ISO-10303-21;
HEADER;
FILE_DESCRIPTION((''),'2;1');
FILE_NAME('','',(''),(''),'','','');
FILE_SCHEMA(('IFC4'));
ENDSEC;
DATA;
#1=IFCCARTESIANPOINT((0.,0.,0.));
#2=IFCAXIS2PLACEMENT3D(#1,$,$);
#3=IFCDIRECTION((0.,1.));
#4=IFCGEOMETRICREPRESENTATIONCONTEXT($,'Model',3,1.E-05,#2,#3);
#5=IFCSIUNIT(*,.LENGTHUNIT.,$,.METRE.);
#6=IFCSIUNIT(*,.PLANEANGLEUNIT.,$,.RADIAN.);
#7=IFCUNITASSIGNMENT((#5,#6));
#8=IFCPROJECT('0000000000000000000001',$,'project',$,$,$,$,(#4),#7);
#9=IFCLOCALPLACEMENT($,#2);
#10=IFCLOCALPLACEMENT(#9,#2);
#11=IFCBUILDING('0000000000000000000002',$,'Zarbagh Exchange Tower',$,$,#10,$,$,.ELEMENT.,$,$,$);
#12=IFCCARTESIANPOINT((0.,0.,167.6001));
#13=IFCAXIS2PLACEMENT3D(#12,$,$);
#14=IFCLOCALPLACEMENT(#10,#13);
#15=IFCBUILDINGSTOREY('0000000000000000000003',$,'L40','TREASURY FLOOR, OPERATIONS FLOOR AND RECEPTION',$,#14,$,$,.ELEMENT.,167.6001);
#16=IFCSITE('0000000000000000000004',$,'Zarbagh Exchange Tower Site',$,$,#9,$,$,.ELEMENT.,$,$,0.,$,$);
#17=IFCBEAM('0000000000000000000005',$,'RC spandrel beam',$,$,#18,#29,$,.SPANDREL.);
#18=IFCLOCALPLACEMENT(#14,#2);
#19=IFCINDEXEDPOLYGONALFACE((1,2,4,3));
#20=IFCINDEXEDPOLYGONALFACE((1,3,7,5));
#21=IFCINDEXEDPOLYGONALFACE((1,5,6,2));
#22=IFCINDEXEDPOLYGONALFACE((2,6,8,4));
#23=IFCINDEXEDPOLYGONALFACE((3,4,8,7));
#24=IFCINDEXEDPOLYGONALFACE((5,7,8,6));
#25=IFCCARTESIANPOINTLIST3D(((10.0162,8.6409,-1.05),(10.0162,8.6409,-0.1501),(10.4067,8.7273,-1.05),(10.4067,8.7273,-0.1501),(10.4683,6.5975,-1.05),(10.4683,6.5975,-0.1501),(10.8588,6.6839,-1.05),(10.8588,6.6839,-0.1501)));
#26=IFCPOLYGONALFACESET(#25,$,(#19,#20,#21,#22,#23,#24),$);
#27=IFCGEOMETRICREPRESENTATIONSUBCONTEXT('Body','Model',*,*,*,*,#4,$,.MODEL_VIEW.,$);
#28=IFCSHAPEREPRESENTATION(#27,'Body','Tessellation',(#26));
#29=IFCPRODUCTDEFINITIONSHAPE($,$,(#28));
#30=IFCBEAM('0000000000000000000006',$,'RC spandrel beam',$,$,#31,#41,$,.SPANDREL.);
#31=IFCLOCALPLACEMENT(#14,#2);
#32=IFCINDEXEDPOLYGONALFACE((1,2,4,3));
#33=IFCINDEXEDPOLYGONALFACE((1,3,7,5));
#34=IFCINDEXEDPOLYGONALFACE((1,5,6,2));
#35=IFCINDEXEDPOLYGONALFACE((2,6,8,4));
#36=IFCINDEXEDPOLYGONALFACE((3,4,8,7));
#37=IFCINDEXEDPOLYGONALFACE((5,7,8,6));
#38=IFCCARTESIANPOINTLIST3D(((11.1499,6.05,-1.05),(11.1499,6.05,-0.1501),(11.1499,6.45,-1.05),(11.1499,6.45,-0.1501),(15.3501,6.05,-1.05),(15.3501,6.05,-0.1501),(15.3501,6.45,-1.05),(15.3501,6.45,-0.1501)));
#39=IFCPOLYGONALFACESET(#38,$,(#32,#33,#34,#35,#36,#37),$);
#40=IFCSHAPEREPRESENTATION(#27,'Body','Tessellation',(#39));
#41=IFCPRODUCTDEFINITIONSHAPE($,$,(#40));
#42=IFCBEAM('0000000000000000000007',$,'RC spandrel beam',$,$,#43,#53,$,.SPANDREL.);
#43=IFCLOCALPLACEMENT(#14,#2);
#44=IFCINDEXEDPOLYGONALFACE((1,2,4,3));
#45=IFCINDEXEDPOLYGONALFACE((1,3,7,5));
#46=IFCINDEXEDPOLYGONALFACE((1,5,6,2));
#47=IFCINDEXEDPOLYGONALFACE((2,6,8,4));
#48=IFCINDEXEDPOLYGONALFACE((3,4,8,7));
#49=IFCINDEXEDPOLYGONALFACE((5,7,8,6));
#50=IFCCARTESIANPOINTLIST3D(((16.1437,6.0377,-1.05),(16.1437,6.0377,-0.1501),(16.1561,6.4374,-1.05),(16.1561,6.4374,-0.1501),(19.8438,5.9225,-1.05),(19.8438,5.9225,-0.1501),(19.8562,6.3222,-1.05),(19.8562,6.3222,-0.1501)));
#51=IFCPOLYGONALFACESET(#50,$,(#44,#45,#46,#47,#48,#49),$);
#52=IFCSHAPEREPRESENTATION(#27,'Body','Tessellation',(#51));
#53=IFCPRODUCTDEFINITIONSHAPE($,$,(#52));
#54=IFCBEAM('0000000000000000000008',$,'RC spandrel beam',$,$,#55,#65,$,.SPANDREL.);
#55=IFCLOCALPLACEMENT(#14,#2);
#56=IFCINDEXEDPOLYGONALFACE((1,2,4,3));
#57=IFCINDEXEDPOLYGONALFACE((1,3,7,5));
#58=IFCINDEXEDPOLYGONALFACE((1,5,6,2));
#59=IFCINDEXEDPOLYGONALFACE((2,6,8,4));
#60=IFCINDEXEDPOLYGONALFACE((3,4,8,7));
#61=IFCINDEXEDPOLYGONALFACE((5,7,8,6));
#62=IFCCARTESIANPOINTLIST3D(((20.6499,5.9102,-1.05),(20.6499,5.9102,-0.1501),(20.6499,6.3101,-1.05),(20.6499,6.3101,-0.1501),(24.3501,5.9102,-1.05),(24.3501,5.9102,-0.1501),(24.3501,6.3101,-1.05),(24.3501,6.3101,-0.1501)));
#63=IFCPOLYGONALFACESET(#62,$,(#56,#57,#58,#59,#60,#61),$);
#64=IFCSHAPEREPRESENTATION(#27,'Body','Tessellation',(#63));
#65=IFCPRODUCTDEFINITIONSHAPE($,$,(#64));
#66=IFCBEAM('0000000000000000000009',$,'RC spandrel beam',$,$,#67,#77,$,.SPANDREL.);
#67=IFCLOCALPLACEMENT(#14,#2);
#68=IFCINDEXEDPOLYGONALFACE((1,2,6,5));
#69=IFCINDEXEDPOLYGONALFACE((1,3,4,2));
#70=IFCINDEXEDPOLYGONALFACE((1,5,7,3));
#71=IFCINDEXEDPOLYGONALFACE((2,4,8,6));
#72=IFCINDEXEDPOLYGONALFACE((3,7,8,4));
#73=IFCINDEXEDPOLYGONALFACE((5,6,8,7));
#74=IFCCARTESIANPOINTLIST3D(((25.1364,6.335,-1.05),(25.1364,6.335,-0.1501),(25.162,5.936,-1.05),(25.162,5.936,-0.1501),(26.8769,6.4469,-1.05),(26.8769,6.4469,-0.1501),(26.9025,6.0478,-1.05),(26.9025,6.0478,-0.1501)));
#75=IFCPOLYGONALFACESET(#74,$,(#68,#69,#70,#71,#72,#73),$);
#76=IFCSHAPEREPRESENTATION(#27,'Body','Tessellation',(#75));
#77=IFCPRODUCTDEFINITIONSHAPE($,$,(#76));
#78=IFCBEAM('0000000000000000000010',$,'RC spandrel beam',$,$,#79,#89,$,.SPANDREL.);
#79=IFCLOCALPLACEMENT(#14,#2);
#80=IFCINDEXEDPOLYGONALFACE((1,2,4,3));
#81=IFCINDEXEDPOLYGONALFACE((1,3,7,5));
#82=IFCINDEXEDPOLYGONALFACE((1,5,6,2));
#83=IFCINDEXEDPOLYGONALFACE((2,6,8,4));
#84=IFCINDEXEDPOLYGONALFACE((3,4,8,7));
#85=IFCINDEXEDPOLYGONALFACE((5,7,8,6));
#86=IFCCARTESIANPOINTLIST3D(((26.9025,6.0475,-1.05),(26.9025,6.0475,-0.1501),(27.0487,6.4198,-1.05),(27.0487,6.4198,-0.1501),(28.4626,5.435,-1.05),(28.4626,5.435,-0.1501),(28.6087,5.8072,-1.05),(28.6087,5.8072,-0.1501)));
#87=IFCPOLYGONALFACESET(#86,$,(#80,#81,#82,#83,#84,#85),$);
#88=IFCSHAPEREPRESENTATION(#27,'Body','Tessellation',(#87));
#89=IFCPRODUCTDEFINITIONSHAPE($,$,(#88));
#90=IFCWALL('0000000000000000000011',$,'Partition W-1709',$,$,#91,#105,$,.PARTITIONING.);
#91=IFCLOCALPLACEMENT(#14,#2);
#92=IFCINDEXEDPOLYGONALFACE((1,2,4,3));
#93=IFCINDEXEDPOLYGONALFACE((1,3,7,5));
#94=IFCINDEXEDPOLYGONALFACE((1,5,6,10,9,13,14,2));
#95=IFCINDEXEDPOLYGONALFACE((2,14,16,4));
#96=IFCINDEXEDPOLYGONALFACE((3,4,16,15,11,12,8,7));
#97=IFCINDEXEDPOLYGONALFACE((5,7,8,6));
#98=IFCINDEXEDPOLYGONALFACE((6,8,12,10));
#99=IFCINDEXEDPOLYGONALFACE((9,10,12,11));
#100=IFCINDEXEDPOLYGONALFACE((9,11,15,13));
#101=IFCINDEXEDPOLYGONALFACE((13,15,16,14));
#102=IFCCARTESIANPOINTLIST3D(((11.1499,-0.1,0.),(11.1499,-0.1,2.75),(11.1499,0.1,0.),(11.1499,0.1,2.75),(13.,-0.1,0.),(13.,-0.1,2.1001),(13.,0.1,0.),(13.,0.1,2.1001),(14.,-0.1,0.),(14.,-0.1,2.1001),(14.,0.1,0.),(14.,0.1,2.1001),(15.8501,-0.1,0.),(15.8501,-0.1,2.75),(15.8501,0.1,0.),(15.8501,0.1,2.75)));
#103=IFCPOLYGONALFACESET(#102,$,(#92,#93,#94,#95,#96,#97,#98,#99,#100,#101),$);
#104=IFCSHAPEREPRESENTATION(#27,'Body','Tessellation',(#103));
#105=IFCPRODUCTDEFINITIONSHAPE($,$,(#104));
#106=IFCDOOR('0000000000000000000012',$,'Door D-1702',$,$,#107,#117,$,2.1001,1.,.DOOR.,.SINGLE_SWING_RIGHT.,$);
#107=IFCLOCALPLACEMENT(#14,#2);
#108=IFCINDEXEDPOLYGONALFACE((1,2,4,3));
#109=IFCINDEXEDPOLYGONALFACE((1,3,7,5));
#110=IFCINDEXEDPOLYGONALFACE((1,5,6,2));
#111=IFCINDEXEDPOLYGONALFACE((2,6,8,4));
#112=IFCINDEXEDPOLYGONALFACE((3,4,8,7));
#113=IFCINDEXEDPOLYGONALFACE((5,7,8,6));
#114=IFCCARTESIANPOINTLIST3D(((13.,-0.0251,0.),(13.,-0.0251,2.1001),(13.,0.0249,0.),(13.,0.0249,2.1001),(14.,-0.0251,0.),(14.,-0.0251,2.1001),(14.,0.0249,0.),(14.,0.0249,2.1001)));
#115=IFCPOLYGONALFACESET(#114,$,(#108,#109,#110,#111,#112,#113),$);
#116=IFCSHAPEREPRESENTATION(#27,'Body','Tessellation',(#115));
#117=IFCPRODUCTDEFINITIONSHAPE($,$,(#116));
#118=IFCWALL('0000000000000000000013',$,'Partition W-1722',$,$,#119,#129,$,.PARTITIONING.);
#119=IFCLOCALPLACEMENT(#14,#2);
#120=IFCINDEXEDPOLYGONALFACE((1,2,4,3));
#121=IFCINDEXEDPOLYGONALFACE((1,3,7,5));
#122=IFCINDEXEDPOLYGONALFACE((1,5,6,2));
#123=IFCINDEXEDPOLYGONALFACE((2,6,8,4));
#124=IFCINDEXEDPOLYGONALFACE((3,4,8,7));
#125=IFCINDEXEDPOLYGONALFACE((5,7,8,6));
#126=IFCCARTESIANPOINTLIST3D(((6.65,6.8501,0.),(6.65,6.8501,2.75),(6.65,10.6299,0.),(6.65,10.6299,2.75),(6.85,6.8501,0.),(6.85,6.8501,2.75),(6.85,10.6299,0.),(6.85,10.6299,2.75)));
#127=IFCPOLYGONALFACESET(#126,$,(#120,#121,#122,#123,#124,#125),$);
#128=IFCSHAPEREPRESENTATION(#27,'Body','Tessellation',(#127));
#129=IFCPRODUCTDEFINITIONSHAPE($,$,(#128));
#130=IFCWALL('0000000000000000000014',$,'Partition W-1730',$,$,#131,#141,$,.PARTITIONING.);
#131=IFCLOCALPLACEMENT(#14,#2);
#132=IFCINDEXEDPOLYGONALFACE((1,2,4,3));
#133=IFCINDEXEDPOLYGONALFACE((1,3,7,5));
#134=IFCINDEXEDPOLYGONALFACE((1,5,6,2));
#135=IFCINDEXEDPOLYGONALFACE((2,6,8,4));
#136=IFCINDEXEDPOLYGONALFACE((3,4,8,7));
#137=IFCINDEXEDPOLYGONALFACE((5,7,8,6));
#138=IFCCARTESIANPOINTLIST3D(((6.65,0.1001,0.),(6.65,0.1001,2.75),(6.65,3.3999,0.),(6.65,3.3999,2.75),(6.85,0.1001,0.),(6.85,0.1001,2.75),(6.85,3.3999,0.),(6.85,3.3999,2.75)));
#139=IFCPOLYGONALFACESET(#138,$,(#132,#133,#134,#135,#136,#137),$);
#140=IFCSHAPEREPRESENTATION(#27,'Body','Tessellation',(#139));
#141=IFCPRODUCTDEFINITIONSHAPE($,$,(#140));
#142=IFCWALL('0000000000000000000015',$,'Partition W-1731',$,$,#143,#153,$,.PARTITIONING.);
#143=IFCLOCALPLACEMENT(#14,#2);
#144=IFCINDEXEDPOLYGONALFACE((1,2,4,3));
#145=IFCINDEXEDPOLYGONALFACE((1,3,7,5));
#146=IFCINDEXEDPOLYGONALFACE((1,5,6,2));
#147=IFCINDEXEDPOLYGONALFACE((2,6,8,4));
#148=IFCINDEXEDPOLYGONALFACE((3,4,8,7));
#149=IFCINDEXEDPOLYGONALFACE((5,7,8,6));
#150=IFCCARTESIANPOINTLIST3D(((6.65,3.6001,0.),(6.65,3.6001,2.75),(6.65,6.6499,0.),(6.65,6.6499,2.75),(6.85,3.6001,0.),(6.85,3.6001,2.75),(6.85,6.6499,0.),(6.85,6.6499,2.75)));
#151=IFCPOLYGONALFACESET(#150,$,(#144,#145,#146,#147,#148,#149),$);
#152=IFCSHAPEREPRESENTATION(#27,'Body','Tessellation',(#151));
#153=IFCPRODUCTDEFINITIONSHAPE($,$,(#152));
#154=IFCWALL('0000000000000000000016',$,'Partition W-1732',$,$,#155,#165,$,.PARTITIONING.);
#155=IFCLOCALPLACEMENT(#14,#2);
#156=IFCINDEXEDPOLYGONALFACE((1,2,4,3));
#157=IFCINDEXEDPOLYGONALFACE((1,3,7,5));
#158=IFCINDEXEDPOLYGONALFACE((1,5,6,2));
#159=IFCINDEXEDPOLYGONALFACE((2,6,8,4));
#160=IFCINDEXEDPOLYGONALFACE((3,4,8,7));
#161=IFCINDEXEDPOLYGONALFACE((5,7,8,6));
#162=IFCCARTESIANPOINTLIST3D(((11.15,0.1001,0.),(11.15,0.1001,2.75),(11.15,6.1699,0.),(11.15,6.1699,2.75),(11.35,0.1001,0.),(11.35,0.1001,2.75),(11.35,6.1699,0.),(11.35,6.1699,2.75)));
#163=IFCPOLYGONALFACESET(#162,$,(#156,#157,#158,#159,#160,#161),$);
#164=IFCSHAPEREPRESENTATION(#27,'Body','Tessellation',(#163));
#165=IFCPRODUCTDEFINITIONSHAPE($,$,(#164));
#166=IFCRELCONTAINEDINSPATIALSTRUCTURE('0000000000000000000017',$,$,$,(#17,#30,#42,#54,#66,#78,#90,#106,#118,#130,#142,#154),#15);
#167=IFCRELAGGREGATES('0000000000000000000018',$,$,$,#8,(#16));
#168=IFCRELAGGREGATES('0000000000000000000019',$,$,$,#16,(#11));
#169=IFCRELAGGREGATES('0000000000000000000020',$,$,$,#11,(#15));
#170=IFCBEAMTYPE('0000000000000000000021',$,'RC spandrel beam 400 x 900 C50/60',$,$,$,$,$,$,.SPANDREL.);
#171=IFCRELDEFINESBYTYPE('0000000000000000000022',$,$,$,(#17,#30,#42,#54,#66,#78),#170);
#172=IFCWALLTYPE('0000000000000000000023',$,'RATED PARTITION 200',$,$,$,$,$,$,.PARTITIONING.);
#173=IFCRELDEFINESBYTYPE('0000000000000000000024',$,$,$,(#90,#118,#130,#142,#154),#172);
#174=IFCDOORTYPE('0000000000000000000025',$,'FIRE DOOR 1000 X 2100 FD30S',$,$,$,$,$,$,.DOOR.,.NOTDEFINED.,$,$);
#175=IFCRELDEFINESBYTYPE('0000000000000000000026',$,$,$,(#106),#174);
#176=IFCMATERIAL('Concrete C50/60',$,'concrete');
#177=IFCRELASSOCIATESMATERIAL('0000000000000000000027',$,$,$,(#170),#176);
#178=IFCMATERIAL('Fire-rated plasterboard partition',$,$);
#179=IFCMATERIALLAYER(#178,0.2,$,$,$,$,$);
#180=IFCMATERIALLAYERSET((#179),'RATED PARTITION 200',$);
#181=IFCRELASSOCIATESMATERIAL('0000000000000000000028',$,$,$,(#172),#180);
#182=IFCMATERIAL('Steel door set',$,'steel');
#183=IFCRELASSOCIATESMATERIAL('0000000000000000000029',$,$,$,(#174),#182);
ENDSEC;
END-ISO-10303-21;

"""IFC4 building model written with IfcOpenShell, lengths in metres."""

from ifc_helpers import new_model, si_unit, direction, frame, frame_2d, origin, origin_2d, place, context, subcontext, project, spatial, rectangle, extrude, material, layer, layer_set, material_profile, profile_set, type_object, element, fill, save


model = new_model("IFC4")

# Units and contexts
model_context = context("Model", 3, precision=1e-05, world=origin(), true_north=direction((0.0, 1.0)))
body_context = subcontext(model_context, "Body", "Model", "MODEL_VIEW")
ifc_project = project(units=[si_unit("LENGTHUNIT", "METRE"), si_unit("PLANEANGLEUNIT", "RADIAN")], contexts=[model_context])

# Site, building, storey
site_placement = place(None, origin())
site = spatial("IfcSite", under=ifc_project, at=site_placement, Name="Zarbagh Exchange Tower Site", CompositionType="ELEMENT", RefElevation=0.0)
building_placement = place(site_placement, origin())
building = spatial("IfcBuilding", under=site, at=building_placement, Name="Zarbagh Exchange Tower", CompositionType="ELEMENT")
storey_placement = place(building_placement, frame((0.0, 0.0, 167.6001)))
storey = spatial("IfcBuildingStorey", under=building, at=storey_placement, Name="L40", Description="TREASURY FLOOR, OPERATIONS FLOOR AND RECEPTION", CompositionType="ELEMENT", Elevation=167.6001)

# Shared definitions
ifc_material_1 = material(Name="Concrete C50/60", Category="concrete")

# Beams
ifc_material_profile_1 = material_profile(ifc_material_1, rectangle(XDim=0.3999, YDim=0.8999, at=origin_2d()), Name="RC spandrel beam 400 x 900 C50/60")
ifc_profile_set_1 = profile_set([ifc_material_profile_1], Name="Concrete C50/60")
beam_type_1 = type_object("IfcBeamType", Name="RC spandrel beam 400 x 900 C50/60", PredefinedType="SPANDREL", material=ifc_profile_set_1)
beam_1_placement = place(storey_placement, frame((10.2114, 8.6841, -0.6001), z_axis=(0.216041, -0.976384, 0.0), x_axis=(0.976384, 0.216041, 0.0)))
element("IfcBeam", 1, at=beam_1_placement, inside=storey, type_object=beam_type_1, Name="RC spandrel beam", PredefinedType="SPANDREL", context=body_context, shape_type="SweptSolid", body=[
    extrude(rectangle(XDim=0.3999, YDim=0.8999, at=origin_2d()), origin(), (0.0, 0.0, 1.0), 2.0928),
])
beam_2_placement = place(storey_placement, frame((11.1499, 6.25, -0.6001), z_axis=(1.0, 0.0, 0.0), x_axis=(0.0, 1.0, 0.0)))
element("IfcBeam", 2, at=beam_2_placement, inside=storey, type_object=beam_type_1, Name="RC spandrel beam", PredefinedType="SPANDREL", context=body_context, shape_type="SweptSolid", body=[
    extrude(rectangle(XDim=0.3999, YDim=0.8999, at=origin_2d()), origin(), (0.0, 0.0, 1.0), 4.2002),
])
beam_3_placement = place(storey_placement, frame((16.1499, 6.2375, -0.6001), z_axis=(0.999515, -0.031128, 0.0), x_axis=(0.031128, 0.999515, 0.0)))
element("IfcBeam", 3, at=beam_3_placement, inside=storey, type_object=beam_type_1, Name="RC spandrel beam", PredefinedType="SPANDREL", context=body_context, shape_type="SweptSolid", body=[
    extrude(rectangle(XDim=0.3999, YDim=0.8999, at=origin_2d()), origin(), (0.0, 0.0, 1.0), 3.7019),
])
beam_4_placement = place(storey_placement, frame((20.6499, 6.1101, -0.6001), z_axis=(1.0, 0.0, 0.0), x_axis=(0.0, 1.0, 0.0)))
element("IfcBeam", 4, at=beam_4_placement, inside=storey, type_object=beam_type_1, Name="RC spandrel beam", PredefinedType="SPANDREL", context=body_context, shape_type="SweptSolid", body=[
    extrude(rectangle(XDim=0.3999, YDim=0.8999, at=origin_2d()), origin(), (0.0, 0.0, 1.0), 3.7002),
])
beam_5_placement = place(storey_placement, frame((25.1492, 6.1355, -0.6001), z_axis=(0.997943, 0.064112, 0.0), x_axis=(-0.064112, 0.997943, 0.0)))
element("IfcBeam", 5, at=beam_5_placement, inside=storey, type_object=beam_type_1, Name="RC spandrel beam", PredefinedType="SPANDREL", context=body_context, shape_type="SweptSolid", body=[
    extrude(rectangle(XDim=0.3999, YDim=0.8999, at=origin_2d()), origin(), (0.0, 0.0, 1.0), 1.7441),
])
beam_6_placement = place(storey_placement, frame((26.9756, 6.2336, -0.6001), z_axis=(0.930819, -0.365481, 0.0), x_axis=(0.365481, 0.930819, 0.0)))
element("IfcBeam", 6, at=beam_6_placement, inside=storey, type_object=beam_type_1, Name="RC spandrel beam", PredefinedType="SPANDREL", context=body_context, shape_type="SweptSolid", body=[
    extrude(rectangle(XDim=0.3999, YDim=0.8999, at=origin_2d()), origin(), (0.0, 0.0, 1.0), 1.676),
])

# Wall, opening, door
ifc_material_2 = material(Name="Fire-rated plasterboard partition")
ifc_layer = layer(ifc_material_2, 0.2)
ifc_layer_set = layer_set([ifc_layer], Name="RATED PARTITION 200")
wall_type = type_object("IfcWallType", Name="RATED PARTITION 200", PredefinedType="PARTITIONING", material=ifc_layer_set)
wall_1_placement = place(storey_placement, frame((11.1499, 0.0, 0.0), z_axis=(0.0, 0.0, 1.0), x_axis=(1.0, 0.0, 0.0)))
wall_1 = element("IfcWall", 7, at=wall_1_placement, inside=storey, type_object=wall_type, Name="Partition W-1709", PredefinedType="PARTITIONING", context=body_context, shape_type="SweptSolid", body=[
    extrude(rectangle(XDim=4.7002, YDim=0.2, at=frame_2d((2.3501, 0.0))), origin(), (0.0, 0.0, 1.0), 2.75),
])
opening_1_placement = place(wall_1_placement, frame((1.8501, 0.0, 0.0)))
opening_1 = element("IfcOpeningElement", 8, at=opening_1_placement, cuts=wall_1, PredefinedType="OPENING", context=body_context, shape_type="SweptSolid", body=[
    extrude(rectangle(XDim=1.0, YDim=2.1001, at=frame_2d((0.5, 1.05))), frame((0.0, 0.1099, 0.0), z_axis=(0.0, -1.0, 0.0), x_axis=(1.0, 0.0, 0.0)), (0.0, 0.0, 1.0), 0.22),
])
ifc_material_3 = material(Name="Steel door set", Category="steel")
door_type_1 = type_object("IfcDoorType", Name="FIRE DOOR 1000 X 2100 FD30S", OperationType="NOTDEFINED", PredefinedType="DOOR", material=ifc_material_3)
door_1_placement = place(opening_1_placement, origin())
door_1 = element("IfcDoor", 9, at=door_1_placement, inside=storey, type_object=door_type_1, Name="Door D-1702", OperationType="SINGLE_SWING_RIGHT", OverallHeight=2.1001, OverallWidth=1.0, PredefinedType="DOOR", context=body_context, shape_type="SweptSolid", body=[
    extrude(rectangle(XDim=1.0, YDim=2.1001, at=frame_2d((0.5, 1.05))), frame((0.0, 0.0249, 0.0), z_axis=(0.0, -1.0, 0.0), x_axis=(1.0, 0.0, 0.0)), (0.0, 0.0, 1.0), 0.05),
])
fill(opening_1, door_1)

# Walls
wall_2_placement = place(storey_placement, frame((6.75, 6.8501, 0.0), z_axis=(0.0, 0.0, 1.0), x_axis=(0.0, 1.0, 0.0)))
element("IfcWall", 10, at=wall_2_placement, inside=storey, type_object=wall_type, Name="Partition W-1722", PredefinedType="PARTITIONING", context=body_context, shape_type="SweptSolid", body=[
    extrude(rectangle(XDim=3.7798, YDim=0.2, at=frame_2d((1.8899, 0.0))), origin(), (0.0, 0.0, 1.0), 2.75),
])
wall_3_placement = place(storey_placement, frame((6.75, 0.1001, 0.0), z_axis=(0.0, 0.0, 1.0), x_axis=(0.0, 1.0, 0.0)))
element("IfcWall", 11, at=wall_3_placement, inside=storey, type_object=wall_type, Name="Partition W-1730", PredefinedType="PARTITIONING", context=body_context, shape_type="SweptSolid", body=[
    extrude(rectangle(XDim=3.2998, YDim=0.2, at=frame_2d((1.6499, 0.0))), origin(), (0.0, 0.0, 1.0), 2.75),
])
wall_4_placement = place(storey_placement, frame((6.75, 3.6001, 0.0), z_axis=(0.0, 0.0, 1.0), x_axis=(0.0, 1.0, 0.0)))
element("IfcWall", 12, at=wall_4_placement, inside=storey, type_object=wall_type, Name="Partition W-1731", PredefinedType="PARTITIONING", context=body_context, shape_type="SweptSolid", body=[
    extrude(rectangle(XDim=3.0498, YDim=0.2, at=frame_2d((1.5249, 0.0))), origin(), (0.0, 0.0, 1.0), 2.75),
])
wall_5_placement = place(storey_placement, frame((11.25, 0.1001, 0.0), z_axis=(0.0, 0.0, 1.0), x_axis=(0.0, 1.0, 0.0)))
element("IfcWall", 13, at=wall_5_placement, inside=storey, type_object=wall_type, Name="Partition W-1732", PredefinedType="PARTITIONING", context=body_context, shape_type="SweptSolid", body=[
    extrude(rectangle(XDim=6.0698, YDim=0.2, at=frame_2d((3.0349, 0.0))), origin(), (0.0, 0.0, 1.0), 2.75),
])

save(model, "model.ifc")
